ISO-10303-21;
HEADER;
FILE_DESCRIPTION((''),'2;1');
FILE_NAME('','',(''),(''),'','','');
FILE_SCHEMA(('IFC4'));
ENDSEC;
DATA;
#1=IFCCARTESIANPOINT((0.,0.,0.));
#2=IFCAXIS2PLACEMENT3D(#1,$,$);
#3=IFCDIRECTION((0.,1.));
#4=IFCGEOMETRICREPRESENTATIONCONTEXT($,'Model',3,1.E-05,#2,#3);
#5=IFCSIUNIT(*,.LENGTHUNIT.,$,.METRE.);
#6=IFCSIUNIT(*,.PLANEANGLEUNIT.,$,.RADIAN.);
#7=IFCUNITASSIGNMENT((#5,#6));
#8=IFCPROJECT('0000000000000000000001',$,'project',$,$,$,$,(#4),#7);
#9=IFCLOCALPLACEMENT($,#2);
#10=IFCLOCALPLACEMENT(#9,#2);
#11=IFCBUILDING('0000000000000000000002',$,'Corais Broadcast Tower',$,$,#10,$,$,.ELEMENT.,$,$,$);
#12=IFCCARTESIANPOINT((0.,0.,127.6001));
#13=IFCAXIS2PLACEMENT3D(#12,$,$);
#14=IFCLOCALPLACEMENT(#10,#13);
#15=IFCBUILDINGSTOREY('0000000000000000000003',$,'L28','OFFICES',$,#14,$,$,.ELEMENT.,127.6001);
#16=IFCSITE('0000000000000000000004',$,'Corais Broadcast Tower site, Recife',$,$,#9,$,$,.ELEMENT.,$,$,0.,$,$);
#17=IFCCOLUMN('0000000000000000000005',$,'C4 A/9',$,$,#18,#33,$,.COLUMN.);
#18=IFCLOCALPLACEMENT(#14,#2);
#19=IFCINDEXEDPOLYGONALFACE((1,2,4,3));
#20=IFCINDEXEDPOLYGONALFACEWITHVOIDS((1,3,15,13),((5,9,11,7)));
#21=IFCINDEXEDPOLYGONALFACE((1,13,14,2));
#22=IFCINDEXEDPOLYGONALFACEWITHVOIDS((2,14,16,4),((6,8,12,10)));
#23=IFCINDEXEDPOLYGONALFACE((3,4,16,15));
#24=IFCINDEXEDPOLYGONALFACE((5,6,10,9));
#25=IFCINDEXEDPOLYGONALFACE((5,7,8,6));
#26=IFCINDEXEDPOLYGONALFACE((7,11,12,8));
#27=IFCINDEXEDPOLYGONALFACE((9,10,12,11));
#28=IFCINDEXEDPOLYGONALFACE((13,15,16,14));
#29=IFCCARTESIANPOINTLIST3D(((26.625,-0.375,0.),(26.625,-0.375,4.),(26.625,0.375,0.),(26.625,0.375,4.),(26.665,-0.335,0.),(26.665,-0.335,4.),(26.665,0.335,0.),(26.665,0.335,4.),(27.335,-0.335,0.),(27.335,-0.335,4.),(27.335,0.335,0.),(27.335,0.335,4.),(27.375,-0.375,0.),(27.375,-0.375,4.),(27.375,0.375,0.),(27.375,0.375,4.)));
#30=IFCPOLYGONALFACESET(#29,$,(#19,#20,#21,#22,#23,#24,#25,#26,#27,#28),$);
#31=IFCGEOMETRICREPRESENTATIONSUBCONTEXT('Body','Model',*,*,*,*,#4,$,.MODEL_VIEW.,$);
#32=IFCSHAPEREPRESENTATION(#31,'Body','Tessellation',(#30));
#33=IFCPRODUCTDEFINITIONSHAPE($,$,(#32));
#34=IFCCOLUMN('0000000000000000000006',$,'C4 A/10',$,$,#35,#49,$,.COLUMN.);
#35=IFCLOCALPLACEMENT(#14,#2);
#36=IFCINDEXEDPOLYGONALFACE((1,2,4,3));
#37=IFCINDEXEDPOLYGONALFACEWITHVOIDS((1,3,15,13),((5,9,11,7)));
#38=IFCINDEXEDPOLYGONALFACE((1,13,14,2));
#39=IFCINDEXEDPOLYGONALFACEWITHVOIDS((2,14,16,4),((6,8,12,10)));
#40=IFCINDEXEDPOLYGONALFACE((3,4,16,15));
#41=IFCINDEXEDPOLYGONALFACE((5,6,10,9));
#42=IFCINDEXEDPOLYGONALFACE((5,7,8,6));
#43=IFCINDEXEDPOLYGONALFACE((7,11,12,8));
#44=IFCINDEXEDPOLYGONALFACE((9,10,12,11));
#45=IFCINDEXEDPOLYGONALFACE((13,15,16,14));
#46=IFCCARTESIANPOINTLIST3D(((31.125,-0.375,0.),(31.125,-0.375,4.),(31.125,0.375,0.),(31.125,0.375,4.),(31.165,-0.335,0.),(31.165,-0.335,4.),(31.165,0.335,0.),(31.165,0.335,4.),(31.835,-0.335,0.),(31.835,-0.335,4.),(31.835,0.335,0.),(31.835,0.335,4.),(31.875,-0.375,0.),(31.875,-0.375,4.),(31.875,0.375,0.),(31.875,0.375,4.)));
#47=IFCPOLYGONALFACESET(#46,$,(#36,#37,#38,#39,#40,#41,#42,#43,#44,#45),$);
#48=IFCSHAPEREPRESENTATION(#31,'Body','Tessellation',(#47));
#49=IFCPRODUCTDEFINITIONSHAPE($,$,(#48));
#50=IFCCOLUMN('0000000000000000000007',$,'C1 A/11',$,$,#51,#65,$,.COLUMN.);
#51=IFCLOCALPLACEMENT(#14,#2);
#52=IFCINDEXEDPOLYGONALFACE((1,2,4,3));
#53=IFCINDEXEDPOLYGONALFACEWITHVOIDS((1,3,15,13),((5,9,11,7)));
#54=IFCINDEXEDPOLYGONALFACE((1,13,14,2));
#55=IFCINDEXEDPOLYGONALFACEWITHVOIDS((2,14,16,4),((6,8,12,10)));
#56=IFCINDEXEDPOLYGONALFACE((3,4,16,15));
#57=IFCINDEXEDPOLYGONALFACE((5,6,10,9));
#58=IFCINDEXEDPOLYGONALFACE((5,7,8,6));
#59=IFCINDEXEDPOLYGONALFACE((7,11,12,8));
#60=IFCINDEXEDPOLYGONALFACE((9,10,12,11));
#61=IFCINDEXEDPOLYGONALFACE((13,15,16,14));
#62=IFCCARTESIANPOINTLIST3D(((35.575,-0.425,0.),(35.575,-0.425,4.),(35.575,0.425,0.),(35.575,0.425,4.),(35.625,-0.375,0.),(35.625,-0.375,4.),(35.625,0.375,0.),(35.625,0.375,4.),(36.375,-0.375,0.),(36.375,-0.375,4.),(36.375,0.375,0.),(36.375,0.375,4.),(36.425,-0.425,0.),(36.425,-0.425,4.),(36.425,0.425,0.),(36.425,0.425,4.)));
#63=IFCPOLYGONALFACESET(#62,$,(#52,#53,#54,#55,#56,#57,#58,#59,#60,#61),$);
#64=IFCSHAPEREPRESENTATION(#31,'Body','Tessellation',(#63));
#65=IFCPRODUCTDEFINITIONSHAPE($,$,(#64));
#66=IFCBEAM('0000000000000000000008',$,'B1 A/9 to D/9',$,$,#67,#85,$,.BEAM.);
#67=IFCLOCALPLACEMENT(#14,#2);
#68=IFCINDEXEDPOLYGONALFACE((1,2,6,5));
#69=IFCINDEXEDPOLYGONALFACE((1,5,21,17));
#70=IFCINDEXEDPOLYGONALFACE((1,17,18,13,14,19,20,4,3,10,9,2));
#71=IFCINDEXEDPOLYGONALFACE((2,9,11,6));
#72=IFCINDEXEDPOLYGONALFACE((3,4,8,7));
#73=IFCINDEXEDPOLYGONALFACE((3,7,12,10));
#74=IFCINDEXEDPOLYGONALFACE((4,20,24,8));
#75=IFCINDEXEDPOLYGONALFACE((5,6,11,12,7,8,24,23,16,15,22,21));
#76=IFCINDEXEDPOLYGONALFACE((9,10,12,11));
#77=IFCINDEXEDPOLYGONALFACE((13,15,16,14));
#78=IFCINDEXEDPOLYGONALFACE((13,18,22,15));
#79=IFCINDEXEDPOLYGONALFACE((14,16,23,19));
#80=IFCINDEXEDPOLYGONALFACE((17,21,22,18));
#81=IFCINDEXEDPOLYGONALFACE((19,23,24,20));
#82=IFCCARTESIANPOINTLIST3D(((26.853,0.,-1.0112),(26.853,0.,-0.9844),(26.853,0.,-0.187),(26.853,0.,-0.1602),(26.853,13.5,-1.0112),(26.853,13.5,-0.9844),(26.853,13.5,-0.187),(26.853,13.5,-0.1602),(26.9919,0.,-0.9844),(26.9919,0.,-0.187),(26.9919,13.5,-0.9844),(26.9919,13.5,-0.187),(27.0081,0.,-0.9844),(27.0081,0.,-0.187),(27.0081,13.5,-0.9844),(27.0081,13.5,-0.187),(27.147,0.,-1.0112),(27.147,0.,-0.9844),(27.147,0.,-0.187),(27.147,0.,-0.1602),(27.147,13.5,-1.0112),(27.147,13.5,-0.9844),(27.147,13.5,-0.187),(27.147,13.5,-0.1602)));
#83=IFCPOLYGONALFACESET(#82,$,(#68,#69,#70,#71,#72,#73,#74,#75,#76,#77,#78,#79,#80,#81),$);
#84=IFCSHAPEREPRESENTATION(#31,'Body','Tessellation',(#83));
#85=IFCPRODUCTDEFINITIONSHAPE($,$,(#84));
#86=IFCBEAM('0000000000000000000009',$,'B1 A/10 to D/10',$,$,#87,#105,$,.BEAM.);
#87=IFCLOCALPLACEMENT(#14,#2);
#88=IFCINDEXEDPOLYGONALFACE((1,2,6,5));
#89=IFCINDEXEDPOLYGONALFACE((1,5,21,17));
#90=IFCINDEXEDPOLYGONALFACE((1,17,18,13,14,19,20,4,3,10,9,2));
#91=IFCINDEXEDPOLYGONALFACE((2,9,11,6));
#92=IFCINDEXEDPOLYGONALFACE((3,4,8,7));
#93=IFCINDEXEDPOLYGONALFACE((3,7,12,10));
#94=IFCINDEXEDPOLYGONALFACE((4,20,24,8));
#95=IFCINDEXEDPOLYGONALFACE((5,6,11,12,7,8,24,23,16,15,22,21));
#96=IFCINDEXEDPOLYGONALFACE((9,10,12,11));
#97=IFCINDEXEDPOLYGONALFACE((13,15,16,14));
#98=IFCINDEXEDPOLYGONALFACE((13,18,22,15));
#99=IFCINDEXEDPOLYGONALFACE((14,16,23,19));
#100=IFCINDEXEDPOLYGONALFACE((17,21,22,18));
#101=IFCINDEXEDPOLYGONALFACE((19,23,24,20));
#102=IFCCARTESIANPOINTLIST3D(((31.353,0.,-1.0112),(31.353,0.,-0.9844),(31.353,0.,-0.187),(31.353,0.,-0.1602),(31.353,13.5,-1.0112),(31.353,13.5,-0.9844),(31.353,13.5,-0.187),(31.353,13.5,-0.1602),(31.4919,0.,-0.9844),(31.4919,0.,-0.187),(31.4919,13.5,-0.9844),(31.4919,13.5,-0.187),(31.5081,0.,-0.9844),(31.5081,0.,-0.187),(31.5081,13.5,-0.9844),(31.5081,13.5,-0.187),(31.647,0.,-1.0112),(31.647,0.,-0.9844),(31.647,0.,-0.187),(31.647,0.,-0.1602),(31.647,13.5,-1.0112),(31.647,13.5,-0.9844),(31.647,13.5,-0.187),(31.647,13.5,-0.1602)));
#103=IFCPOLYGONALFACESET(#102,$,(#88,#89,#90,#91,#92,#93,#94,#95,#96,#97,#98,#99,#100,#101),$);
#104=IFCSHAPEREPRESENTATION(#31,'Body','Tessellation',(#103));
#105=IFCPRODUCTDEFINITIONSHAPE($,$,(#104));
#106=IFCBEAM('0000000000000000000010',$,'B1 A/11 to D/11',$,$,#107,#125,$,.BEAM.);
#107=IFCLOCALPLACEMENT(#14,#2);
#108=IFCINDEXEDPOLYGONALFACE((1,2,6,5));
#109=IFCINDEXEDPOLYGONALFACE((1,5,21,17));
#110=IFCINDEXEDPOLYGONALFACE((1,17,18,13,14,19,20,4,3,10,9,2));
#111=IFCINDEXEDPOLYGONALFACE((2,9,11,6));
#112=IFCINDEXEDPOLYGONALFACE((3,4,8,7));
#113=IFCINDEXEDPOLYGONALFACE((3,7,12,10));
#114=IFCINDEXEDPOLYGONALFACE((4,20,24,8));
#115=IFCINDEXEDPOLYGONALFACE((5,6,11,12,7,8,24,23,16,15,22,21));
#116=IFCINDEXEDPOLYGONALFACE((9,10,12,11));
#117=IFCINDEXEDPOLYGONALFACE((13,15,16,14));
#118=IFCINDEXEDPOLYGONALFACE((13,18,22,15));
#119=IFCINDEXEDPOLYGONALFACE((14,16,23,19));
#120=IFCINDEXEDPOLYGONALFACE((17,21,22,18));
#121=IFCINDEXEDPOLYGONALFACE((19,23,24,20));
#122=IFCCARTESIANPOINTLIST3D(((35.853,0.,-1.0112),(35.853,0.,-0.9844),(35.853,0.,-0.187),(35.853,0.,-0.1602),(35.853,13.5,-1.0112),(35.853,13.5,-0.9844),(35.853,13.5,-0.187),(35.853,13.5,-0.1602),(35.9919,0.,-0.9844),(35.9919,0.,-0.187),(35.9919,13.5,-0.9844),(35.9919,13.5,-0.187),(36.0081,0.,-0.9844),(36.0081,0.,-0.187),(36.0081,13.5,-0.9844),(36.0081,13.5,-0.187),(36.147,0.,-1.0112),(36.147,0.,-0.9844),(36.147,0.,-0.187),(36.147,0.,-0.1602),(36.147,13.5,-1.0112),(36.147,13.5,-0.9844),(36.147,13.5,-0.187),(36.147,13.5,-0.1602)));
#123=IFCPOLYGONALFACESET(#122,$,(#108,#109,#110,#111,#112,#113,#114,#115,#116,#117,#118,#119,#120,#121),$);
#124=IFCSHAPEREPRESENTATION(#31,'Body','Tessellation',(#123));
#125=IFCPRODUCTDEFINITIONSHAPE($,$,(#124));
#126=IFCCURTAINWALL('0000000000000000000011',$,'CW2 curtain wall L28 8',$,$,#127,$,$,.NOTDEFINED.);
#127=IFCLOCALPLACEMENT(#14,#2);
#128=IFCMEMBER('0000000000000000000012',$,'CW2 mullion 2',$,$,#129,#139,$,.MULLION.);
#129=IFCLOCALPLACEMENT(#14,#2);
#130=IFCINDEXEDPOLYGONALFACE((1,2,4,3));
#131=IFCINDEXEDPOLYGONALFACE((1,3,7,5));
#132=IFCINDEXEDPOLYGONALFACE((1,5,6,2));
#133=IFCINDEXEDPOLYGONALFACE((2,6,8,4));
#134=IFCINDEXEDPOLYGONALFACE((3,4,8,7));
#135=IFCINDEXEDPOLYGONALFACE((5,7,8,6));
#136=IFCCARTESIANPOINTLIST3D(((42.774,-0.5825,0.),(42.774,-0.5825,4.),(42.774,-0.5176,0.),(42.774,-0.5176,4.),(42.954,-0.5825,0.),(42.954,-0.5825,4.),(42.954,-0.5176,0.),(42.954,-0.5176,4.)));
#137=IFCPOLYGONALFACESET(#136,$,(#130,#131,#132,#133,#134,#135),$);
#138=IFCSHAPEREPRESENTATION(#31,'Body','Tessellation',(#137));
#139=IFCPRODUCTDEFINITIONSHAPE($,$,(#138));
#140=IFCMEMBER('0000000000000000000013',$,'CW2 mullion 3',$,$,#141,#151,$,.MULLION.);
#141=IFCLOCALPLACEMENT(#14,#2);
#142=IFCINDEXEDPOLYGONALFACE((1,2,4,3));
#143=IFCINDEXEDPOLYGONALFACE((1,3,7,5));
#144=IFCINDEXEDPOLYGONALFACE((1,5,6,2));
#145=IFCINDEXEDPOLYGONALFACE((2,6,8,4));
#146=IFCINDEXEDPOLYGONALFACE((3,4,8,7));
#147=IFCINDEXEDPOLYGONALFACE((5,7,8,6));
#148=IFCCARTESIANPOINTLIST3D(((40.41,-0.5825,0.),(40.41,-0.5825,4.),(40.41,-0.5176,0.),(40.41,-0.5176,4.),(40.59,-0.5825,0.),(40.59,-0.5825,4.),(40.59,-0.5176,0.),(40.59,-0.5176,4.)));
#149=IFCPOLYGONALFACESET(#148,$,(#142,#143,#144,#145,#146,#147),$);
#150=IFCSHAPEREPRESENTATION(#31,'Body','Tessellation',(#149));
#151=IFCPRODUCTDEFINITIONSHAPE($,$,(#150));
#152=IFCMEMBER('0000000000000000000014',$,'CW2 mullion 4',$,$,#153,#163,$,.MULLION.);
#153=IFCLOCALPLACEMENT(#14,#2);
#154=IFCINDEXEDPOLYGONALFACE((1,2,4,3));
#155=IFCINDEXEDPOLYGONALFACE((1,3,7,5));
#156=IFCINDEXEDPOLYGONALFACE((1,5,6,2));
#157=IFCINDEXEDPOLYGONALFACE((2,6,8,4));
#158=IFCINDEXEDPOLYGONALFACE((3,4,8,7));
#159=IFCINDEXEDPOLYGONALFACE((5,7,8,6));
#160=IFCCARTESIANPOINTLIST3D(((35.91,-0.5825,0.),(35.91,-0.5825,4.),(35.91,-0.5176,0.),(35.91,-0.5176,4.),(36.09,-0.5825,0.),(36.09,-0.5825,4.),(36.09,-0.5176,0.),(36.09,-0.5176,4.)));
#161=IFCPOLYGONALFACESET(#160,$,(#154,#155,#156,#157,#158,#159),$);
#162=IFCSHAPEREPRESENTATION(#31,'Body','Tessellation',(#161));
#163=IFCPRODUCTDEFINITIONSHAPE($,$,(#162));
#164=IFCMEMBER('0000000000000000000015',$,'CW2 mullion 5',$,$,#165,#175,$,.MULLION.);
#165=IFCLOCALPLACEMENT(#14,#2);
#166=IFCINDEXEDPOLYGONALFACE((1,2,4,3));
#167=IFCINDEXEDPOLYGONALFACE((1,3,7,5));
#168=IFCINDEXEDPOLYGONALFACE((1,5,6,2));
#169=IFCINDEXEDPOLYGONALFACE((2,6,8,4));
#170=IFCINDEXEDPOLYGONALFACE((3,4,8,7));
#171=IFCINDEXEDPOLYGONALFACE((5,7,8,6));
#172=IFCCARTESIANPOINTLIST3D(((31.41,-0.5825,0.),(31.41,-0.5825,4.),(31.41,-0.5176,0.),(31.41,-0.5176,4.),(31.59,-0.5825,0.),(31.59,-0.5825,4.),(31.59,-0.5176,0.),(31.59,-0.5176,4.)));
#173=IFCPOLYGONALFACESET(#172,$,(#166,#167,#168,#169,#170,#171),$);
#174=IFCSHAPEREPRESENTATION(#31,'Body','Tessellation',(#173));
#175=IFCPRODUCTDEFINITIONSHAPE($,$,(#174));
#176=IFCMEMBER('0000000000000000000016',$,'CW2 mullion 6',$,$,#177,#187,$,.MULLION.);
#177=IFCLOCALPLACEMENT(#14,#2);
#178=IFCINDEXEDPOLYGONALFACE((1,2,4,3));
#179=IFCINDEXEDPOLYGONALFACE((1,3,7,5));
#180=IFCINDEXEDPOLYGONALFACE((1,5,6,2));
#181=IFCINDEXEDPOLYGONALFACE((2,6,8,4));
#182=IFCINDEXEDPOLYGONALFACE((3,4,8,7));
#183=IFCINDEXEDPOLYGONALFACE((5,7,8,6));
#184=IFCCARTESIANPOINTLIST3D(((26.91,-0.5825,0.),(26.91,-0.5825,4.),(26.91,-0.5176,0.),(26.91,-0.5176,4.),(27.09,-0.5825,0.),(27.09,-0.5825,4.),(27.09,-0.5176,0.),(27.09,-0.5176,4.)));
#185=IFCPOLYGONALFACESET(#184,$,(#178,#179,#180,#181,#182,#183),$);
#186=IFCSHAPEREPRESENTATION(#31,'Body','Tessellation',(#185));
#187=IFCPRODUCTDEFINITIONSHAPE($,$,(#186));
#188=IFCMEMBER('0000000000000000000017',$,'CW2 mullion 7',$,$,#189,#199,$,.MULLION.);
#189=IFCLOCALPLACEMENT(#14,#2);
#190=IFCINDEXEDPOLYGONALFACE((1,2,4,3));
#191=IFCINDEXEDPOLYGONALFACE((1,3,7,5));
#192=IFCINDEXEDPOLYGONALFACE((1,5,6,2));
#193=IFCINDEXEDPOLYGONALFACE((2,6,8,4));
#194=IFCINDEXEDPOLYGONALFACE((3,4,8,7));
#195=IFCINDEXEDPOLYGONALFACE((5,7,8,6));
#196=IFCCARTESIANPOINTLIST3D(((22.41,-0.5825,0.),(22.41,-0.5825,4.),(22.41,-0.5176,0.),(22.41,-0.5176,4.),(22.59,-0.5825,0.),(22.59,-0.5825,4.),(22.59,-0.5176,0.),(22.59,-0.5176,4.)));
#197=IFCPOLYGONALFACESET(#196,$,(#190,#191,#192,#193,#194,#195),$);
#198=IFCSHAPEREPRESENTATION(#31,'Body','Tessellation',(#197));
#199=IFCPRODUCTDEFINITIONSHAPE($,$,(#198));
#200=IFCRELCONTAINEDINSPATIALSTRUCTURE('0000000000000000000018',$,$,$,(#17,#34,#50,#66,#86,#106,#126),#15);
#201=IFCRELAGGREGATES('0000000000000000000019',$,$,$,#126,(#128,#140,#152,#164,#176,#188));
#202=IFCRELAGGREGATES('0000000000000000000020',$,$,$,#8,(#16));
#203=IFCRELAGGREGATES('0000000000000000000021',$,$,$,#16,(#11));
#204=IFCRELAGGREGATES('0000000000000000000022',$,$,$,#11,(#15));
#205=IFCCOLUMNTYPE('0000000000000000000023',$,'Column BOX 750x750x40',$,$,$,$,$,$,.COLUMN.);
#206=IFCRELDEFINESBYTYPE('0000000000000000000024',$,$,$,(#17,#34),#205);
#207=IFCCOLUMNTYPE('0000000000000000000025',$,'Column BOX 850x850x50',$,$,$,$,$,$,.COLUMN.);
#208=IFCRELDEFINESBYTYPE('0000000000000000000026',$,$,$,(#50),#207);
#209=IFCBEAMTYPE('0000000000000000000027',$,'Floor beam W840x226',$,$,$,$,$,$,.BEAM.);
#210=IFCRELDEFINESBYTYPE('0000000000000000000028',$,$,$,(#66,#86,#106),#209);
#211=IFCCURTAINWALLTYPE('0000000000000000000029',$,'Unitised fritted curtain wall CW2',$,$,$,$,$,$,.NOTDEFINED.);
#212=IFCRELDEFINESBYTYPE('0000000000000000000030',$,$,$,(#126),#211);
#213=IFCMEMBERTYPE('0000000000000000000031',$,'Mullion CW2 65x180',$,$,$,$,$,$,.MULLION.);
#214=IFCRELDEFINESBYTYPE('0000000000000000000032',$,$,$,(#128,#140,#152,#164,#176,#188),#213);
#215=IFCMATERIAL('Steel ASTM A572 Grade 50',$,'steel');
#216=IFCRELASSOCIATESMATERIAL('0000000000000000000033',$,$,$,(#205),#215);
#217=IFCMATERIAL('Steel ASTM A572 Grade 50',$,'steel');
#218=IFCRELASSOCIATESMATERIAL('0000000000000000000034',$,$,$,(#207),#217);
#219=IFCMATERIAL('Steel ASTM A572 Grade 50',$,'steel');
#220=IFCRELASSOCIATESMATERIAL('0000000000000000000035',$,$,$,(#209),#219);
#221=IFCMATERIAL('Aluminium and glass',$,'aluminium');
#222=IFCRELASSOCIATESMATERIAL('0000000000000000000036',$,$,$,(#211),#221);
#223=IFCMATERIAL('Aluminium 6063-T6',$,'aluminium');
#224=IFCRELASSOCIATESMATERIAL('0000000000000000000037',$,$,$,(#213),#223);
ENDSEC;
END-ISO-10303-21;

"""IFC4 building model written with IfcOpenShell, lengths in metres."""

from ifc_helpers import new_model, si_unit, direction, frame, origin, origin_2d, place, context, subcontext, project, spatial, rectangle, hollow_rectangle, i_section, extrude, material, material_profile, profile_set, type_object, element, aggregate, save


model = new_model("IFC4")

# Units and contexts
model_context = context("Model", 3, precision=1e-05, world=origin(), true_north=direction((0.0, 1.0)))
body_context = subcontext(model_context, "Body", "Model", "MODEL_VIEW")
ifc_project = project(units=[si_unit("LENGTHUNIT", "METRE"), si_unit("PLANEANGLEUNIT", "RADIAN")], contexts=[model_context])

# Site, building, storey
site_placement = place(None, origin())
site = spatial("IfcSite", under=ifc_project, at=site_placement, Name="Corais Broadcast Tower site, Recife", CompositionType="ELEMENT", RefElevation=0.0)
building_placement = place(site_placement, origin())
building = spatial("IfcBuilding", under=site, at=building_placement, Name="Corais Broadcast Tower", CompositionType="ELEMENT")
storey_placement = place(building_placement, frame((0.0, 0.0, 127.6001)))
storey = spatial("IfcBuildingStorey", under=building, at=storey_placement, Name="L28", Description="OFFICES", CompositionType="ELEMENT", Elevation=127.6001)

# Columns
ifc_material_1 = material(Name="Steel ASTM A572 Grade 50", Category="steel")
ifc_material_profile_1 = material_profile(ifc_material_1, hollow_rectangle(XDim=0.75, YDim=0.75, WallThickness=0.04, at=origin_2d()), Name="BOX 750x750x40")
ifc_profile_set_1 = profile_set([ifc_material_profile_1], Name="Steel ASTM A572 Grade 50")
column_type_1 = type_object("IfcColumnType", Name="Column BOX 750x750x40", PredefinedType="COLUMN", material=ifc_profile_set_1)
for number, where, z_axis, x_axis, name in (
    (1, (27.0, 0.0, 0.0), (0.0, 0.0, 1.0), (1.0, 0.0, 0.0), "C4 A/9"),
    (2, (31.5, 0.0, 0.0), (0.0, 0.0, 1.0), (1.0, 0.0, 0.0), "C4 A/10"),
):
    element("IfcColumn", number, at=place(storey_placement, frame(where, z_axis=z_axis, x_axis=x_axis)), inside=storey, type_object=column_type_1, Name=name, PredefinedType="COLUMN", context=body_context, shape_type="SweptSolid", body=[
        extrude(hollow_rectangle(XDim=0.75, YDim=0.75, WallThickness=0.04, at=origin_2d()), origin(), (0.0, 0.0, 1.0), 4.0),
    ])
ifc_material_2 = material(Name="Steel ASTM A572 Grade 50", Category="steel")
ifc_material_profile_2 = material_profile(ifc_material_2, hollow_rectangle(XDim=0.8501, YDim=0.8501, WallThickness=0.05, at=origin_2d()), Name="BOX 850x850x50")
ifc_profile_set_2 = profile_set([ifc_material_profile_2], Name="Steel ASTM A572 Grade 50")
column_type_2 = type_object("IfcColumnType", Name="Column BOX 850x850x50", PredefinedType="COLUMN", material=ifc_profile_set_2)
column_placement = place(storey_placement, frame((36.0, 0.0, 0.0), z_axis=(0.0, 0.0, 1.0), x_axis=(1.0, 0.0, 0.0)))
element("IfcColumn", 3, at=column_placement, inside=storey, type_object=column_type_2, Name="C1 A/11", PredefinedType="COLUMN", context=body_context, shape_type="SweptSolid", body=[
    extrude(hollow_rectangle(XDim=0.8501, YDim=0.8501, WallThickness=0.05, at=origin_2d()), origin(), (0.0, 0.0, 1.0), 4.0),
])

# Beams
ifc_material_3 = material(Name="Steel ASTM A572 Grade 50", Category="steel")
ifc_material_profile_3 = material_profile(ifc_material_3, i_section(OverallWidth=0.2939, OverallDepth=0.8511, WebThickness=0.0161, FlangeThickness=0.0269, at=origin_2d()), Name="W840x226")
ifc_profile_set_3 = profile_set([ifc_material_profile_3], Name="Steel ASTM A572 Grade 50")
beam_type_1 = type_object("IfcBeamType", Name="Floor beam W840x226", PredefinedType="BEAM", material=ifc_profile_set_3)
for number, where, z_axis, x_axis, name in (
    (4, (27.0, 0.0, -0.5857), (0.0, 1.0, 0.0), (-1.0, 0.0, 0.0), "B1 A/9 to D/9"),
    (5, (31.5, 0.0, -0.5857), (0.0, 1.0, 0.0), (-1.0, 0.0, 0.0), "B1 A/10 to D/10"),
    (6, (36.0, 0.0, -0.5857), (0.0, 1.0, 0.0), (-1.0, 0.0, 0.0), "B1 A/11 to D/11"),
):
    element("IfcBeam", number, at=place(storey_placement, frame(where, z_axis=z_axis, x_axis=x_axis)), inside=storey, type_object=beam_type_1, Name=name, PredefinedType="BEAM", context=body_context, shape_type="SweptSolid", body=[
        extrude(i_section(OverallWidth=0.2939, OverallDepth=0.8511, WebThickness=0.0161, FlangeThickness=0.0269, at=origin_2d()), origin(), (0.0, 0.0, 1.0), 13.5),
    ])

# Curtain wall, members
ifc_material_4 = material(Name="Aluminium and glass", Category="aluminium")
curtain_wall_type = type_object("IfcCurtainWallType", Name="Unitised fritted curtain wall CW2", PredefinedType="NOTDEFINED", material=ifc_material_4)
curtain_wall_placement = place(storey_placement, origin())
curtain_wall = element("IfcCurtainWall", 7, at=curtain_wall_placement, inside=storey, type_object=curtain_wall_type, Name="CW2 curtain wall L28 8", PredefinedType="NOTDEFINED")
ifc_material_5 = material(Name="Aluminium 6063-T6", Category="aluminium")
ifc_material_profile_4 = material_profile(ifc_material_5, rectangle(XDim=0.0649, YDim=0.1799, at=origin_2d()), Name="Mullion CW2 65x180")
ifc_profile_set_4 = profile_set([ifc_material_profile_4], Name="Aluminium 6063-T6")
member_type_1 = type_object("IfcMemberType", Name="Mullion CW2 65x180", PredefinedType="MULLION", material=ifc_profile_set_4)
member_1_placement = place(storey_placement, frame((42.864, -0.55, 0.0), z_axis=(0.0, 0.0, 1.0), x_axis=(0.0, -1.0, 0.0)))
member_1 = element("IfcMember", 8, at=member_1_placement, type_object=member_type_1, Name="CW2 mullion 2", PredefinedType="MULLION", context=body_context, shape_type="SweptSolid", body=[
    extrude(rectangle(XDim=0.0649, YDim=0.1799, at=origin_2d()), origin(), (0.0, 0.0, 1.0), 4.0),
])
member_2_placement = place(storey_placement, frame((40.5, -0.55, 0.0), z_axis=(0.0, 0.0, 1.0), x_axis=(0.0, -1.0, 0.0)))
member_2 = element("IfcMember", 9, at=member_2_placement, type_object=member_type_1, Name="CW2 mullion 3", PredefinedType="MULLION", context=body_context, shape_type="SweptSolid", body=[
    extrude(rectangle(XDim=0.0649, YDim=0.1799, at=origin_2d()), origin(), (0.0, 0.0, 1.0), 4.0),
])
member_3_placement = place(storey_placement, frame((36.0, -0.55, 0.0), z_axis=(0.0, 0.0, 1.0), x_axis=(0.0, -1.0, 0.0)))
member_3 = element("IfcMember", 10, at=member_3_placement, type_object=member_type_1, Name="CW2 mullion 4", PredefinedType="MULLION", context=body_context, shape_type="SweptSolid", body=[
    extrude(rectangle(XDim=0.0649, YDim=0.1799, at=origin_2d()), origin(), (0.0, 0.0, 1.0), 4.0),
])
member_4_placement = place(storey_placement, frame((31.5, -0.55, 0.0), z_axis=(0.0, 0.0, 1.0), x_axis=(0.0, -1.0, 0.0)))
member_4 = element("IfcMember", 11, at=member_4_placement, type_object=member_type_1, Name="CW2 mullion 5", PredefinedType="MULLION", context=body_context, shape_type="SweptSolid", body=[
    extrude(rectangle(XDim=0.0649, YDim=0.1799, at=origin_2d()), origin(), (0.0, 0.0, 1.0), 4.0),
])
member_5_placement = place(storey_placement, frame((27.0, -0.55, 0.0), z_axis=(0.0, 0.0, 1.0), x_axis=(0.0, -1.0, 0.0)))
member_5 = element("IfcMember", 12, at=member_5_placement, type_object=member_type_1, Name="CW2 mullion 6", PredefinedType="MULLION", context=body_context, shape_type="SweptSolid", body=[
    extrude(rectangle(XDim=0.0649, YDim=0.1799, at=origin_2d()), origin(), (0.0, 0.0, 1.0), 4.0),
])
member_6_placement = place(storey_placement, frame((22.5, -0.55, 0.0), z_axis=(0.0, 0.0, 1.0), x_axis=(0.0, -1.0, 0.0)))
member_6 = element("IfcMember", 13, at=member_6_placement, type_object=member_type_1, Name="CW2 mullion 7", PredefinedType="MULLION", context=body_context, shape_type="SweptSolid", body=[
    extrude(rectangle(XDim=0.0649, YDim=0.1799, at=origin_2d()), origin(), (0.0, 0.0, 1.0), 4.0),
])

aggregate(curtain_wall, [member_1, member_2, member_3, member_4, member_5, member_6])

save(model, "model.ifc")
